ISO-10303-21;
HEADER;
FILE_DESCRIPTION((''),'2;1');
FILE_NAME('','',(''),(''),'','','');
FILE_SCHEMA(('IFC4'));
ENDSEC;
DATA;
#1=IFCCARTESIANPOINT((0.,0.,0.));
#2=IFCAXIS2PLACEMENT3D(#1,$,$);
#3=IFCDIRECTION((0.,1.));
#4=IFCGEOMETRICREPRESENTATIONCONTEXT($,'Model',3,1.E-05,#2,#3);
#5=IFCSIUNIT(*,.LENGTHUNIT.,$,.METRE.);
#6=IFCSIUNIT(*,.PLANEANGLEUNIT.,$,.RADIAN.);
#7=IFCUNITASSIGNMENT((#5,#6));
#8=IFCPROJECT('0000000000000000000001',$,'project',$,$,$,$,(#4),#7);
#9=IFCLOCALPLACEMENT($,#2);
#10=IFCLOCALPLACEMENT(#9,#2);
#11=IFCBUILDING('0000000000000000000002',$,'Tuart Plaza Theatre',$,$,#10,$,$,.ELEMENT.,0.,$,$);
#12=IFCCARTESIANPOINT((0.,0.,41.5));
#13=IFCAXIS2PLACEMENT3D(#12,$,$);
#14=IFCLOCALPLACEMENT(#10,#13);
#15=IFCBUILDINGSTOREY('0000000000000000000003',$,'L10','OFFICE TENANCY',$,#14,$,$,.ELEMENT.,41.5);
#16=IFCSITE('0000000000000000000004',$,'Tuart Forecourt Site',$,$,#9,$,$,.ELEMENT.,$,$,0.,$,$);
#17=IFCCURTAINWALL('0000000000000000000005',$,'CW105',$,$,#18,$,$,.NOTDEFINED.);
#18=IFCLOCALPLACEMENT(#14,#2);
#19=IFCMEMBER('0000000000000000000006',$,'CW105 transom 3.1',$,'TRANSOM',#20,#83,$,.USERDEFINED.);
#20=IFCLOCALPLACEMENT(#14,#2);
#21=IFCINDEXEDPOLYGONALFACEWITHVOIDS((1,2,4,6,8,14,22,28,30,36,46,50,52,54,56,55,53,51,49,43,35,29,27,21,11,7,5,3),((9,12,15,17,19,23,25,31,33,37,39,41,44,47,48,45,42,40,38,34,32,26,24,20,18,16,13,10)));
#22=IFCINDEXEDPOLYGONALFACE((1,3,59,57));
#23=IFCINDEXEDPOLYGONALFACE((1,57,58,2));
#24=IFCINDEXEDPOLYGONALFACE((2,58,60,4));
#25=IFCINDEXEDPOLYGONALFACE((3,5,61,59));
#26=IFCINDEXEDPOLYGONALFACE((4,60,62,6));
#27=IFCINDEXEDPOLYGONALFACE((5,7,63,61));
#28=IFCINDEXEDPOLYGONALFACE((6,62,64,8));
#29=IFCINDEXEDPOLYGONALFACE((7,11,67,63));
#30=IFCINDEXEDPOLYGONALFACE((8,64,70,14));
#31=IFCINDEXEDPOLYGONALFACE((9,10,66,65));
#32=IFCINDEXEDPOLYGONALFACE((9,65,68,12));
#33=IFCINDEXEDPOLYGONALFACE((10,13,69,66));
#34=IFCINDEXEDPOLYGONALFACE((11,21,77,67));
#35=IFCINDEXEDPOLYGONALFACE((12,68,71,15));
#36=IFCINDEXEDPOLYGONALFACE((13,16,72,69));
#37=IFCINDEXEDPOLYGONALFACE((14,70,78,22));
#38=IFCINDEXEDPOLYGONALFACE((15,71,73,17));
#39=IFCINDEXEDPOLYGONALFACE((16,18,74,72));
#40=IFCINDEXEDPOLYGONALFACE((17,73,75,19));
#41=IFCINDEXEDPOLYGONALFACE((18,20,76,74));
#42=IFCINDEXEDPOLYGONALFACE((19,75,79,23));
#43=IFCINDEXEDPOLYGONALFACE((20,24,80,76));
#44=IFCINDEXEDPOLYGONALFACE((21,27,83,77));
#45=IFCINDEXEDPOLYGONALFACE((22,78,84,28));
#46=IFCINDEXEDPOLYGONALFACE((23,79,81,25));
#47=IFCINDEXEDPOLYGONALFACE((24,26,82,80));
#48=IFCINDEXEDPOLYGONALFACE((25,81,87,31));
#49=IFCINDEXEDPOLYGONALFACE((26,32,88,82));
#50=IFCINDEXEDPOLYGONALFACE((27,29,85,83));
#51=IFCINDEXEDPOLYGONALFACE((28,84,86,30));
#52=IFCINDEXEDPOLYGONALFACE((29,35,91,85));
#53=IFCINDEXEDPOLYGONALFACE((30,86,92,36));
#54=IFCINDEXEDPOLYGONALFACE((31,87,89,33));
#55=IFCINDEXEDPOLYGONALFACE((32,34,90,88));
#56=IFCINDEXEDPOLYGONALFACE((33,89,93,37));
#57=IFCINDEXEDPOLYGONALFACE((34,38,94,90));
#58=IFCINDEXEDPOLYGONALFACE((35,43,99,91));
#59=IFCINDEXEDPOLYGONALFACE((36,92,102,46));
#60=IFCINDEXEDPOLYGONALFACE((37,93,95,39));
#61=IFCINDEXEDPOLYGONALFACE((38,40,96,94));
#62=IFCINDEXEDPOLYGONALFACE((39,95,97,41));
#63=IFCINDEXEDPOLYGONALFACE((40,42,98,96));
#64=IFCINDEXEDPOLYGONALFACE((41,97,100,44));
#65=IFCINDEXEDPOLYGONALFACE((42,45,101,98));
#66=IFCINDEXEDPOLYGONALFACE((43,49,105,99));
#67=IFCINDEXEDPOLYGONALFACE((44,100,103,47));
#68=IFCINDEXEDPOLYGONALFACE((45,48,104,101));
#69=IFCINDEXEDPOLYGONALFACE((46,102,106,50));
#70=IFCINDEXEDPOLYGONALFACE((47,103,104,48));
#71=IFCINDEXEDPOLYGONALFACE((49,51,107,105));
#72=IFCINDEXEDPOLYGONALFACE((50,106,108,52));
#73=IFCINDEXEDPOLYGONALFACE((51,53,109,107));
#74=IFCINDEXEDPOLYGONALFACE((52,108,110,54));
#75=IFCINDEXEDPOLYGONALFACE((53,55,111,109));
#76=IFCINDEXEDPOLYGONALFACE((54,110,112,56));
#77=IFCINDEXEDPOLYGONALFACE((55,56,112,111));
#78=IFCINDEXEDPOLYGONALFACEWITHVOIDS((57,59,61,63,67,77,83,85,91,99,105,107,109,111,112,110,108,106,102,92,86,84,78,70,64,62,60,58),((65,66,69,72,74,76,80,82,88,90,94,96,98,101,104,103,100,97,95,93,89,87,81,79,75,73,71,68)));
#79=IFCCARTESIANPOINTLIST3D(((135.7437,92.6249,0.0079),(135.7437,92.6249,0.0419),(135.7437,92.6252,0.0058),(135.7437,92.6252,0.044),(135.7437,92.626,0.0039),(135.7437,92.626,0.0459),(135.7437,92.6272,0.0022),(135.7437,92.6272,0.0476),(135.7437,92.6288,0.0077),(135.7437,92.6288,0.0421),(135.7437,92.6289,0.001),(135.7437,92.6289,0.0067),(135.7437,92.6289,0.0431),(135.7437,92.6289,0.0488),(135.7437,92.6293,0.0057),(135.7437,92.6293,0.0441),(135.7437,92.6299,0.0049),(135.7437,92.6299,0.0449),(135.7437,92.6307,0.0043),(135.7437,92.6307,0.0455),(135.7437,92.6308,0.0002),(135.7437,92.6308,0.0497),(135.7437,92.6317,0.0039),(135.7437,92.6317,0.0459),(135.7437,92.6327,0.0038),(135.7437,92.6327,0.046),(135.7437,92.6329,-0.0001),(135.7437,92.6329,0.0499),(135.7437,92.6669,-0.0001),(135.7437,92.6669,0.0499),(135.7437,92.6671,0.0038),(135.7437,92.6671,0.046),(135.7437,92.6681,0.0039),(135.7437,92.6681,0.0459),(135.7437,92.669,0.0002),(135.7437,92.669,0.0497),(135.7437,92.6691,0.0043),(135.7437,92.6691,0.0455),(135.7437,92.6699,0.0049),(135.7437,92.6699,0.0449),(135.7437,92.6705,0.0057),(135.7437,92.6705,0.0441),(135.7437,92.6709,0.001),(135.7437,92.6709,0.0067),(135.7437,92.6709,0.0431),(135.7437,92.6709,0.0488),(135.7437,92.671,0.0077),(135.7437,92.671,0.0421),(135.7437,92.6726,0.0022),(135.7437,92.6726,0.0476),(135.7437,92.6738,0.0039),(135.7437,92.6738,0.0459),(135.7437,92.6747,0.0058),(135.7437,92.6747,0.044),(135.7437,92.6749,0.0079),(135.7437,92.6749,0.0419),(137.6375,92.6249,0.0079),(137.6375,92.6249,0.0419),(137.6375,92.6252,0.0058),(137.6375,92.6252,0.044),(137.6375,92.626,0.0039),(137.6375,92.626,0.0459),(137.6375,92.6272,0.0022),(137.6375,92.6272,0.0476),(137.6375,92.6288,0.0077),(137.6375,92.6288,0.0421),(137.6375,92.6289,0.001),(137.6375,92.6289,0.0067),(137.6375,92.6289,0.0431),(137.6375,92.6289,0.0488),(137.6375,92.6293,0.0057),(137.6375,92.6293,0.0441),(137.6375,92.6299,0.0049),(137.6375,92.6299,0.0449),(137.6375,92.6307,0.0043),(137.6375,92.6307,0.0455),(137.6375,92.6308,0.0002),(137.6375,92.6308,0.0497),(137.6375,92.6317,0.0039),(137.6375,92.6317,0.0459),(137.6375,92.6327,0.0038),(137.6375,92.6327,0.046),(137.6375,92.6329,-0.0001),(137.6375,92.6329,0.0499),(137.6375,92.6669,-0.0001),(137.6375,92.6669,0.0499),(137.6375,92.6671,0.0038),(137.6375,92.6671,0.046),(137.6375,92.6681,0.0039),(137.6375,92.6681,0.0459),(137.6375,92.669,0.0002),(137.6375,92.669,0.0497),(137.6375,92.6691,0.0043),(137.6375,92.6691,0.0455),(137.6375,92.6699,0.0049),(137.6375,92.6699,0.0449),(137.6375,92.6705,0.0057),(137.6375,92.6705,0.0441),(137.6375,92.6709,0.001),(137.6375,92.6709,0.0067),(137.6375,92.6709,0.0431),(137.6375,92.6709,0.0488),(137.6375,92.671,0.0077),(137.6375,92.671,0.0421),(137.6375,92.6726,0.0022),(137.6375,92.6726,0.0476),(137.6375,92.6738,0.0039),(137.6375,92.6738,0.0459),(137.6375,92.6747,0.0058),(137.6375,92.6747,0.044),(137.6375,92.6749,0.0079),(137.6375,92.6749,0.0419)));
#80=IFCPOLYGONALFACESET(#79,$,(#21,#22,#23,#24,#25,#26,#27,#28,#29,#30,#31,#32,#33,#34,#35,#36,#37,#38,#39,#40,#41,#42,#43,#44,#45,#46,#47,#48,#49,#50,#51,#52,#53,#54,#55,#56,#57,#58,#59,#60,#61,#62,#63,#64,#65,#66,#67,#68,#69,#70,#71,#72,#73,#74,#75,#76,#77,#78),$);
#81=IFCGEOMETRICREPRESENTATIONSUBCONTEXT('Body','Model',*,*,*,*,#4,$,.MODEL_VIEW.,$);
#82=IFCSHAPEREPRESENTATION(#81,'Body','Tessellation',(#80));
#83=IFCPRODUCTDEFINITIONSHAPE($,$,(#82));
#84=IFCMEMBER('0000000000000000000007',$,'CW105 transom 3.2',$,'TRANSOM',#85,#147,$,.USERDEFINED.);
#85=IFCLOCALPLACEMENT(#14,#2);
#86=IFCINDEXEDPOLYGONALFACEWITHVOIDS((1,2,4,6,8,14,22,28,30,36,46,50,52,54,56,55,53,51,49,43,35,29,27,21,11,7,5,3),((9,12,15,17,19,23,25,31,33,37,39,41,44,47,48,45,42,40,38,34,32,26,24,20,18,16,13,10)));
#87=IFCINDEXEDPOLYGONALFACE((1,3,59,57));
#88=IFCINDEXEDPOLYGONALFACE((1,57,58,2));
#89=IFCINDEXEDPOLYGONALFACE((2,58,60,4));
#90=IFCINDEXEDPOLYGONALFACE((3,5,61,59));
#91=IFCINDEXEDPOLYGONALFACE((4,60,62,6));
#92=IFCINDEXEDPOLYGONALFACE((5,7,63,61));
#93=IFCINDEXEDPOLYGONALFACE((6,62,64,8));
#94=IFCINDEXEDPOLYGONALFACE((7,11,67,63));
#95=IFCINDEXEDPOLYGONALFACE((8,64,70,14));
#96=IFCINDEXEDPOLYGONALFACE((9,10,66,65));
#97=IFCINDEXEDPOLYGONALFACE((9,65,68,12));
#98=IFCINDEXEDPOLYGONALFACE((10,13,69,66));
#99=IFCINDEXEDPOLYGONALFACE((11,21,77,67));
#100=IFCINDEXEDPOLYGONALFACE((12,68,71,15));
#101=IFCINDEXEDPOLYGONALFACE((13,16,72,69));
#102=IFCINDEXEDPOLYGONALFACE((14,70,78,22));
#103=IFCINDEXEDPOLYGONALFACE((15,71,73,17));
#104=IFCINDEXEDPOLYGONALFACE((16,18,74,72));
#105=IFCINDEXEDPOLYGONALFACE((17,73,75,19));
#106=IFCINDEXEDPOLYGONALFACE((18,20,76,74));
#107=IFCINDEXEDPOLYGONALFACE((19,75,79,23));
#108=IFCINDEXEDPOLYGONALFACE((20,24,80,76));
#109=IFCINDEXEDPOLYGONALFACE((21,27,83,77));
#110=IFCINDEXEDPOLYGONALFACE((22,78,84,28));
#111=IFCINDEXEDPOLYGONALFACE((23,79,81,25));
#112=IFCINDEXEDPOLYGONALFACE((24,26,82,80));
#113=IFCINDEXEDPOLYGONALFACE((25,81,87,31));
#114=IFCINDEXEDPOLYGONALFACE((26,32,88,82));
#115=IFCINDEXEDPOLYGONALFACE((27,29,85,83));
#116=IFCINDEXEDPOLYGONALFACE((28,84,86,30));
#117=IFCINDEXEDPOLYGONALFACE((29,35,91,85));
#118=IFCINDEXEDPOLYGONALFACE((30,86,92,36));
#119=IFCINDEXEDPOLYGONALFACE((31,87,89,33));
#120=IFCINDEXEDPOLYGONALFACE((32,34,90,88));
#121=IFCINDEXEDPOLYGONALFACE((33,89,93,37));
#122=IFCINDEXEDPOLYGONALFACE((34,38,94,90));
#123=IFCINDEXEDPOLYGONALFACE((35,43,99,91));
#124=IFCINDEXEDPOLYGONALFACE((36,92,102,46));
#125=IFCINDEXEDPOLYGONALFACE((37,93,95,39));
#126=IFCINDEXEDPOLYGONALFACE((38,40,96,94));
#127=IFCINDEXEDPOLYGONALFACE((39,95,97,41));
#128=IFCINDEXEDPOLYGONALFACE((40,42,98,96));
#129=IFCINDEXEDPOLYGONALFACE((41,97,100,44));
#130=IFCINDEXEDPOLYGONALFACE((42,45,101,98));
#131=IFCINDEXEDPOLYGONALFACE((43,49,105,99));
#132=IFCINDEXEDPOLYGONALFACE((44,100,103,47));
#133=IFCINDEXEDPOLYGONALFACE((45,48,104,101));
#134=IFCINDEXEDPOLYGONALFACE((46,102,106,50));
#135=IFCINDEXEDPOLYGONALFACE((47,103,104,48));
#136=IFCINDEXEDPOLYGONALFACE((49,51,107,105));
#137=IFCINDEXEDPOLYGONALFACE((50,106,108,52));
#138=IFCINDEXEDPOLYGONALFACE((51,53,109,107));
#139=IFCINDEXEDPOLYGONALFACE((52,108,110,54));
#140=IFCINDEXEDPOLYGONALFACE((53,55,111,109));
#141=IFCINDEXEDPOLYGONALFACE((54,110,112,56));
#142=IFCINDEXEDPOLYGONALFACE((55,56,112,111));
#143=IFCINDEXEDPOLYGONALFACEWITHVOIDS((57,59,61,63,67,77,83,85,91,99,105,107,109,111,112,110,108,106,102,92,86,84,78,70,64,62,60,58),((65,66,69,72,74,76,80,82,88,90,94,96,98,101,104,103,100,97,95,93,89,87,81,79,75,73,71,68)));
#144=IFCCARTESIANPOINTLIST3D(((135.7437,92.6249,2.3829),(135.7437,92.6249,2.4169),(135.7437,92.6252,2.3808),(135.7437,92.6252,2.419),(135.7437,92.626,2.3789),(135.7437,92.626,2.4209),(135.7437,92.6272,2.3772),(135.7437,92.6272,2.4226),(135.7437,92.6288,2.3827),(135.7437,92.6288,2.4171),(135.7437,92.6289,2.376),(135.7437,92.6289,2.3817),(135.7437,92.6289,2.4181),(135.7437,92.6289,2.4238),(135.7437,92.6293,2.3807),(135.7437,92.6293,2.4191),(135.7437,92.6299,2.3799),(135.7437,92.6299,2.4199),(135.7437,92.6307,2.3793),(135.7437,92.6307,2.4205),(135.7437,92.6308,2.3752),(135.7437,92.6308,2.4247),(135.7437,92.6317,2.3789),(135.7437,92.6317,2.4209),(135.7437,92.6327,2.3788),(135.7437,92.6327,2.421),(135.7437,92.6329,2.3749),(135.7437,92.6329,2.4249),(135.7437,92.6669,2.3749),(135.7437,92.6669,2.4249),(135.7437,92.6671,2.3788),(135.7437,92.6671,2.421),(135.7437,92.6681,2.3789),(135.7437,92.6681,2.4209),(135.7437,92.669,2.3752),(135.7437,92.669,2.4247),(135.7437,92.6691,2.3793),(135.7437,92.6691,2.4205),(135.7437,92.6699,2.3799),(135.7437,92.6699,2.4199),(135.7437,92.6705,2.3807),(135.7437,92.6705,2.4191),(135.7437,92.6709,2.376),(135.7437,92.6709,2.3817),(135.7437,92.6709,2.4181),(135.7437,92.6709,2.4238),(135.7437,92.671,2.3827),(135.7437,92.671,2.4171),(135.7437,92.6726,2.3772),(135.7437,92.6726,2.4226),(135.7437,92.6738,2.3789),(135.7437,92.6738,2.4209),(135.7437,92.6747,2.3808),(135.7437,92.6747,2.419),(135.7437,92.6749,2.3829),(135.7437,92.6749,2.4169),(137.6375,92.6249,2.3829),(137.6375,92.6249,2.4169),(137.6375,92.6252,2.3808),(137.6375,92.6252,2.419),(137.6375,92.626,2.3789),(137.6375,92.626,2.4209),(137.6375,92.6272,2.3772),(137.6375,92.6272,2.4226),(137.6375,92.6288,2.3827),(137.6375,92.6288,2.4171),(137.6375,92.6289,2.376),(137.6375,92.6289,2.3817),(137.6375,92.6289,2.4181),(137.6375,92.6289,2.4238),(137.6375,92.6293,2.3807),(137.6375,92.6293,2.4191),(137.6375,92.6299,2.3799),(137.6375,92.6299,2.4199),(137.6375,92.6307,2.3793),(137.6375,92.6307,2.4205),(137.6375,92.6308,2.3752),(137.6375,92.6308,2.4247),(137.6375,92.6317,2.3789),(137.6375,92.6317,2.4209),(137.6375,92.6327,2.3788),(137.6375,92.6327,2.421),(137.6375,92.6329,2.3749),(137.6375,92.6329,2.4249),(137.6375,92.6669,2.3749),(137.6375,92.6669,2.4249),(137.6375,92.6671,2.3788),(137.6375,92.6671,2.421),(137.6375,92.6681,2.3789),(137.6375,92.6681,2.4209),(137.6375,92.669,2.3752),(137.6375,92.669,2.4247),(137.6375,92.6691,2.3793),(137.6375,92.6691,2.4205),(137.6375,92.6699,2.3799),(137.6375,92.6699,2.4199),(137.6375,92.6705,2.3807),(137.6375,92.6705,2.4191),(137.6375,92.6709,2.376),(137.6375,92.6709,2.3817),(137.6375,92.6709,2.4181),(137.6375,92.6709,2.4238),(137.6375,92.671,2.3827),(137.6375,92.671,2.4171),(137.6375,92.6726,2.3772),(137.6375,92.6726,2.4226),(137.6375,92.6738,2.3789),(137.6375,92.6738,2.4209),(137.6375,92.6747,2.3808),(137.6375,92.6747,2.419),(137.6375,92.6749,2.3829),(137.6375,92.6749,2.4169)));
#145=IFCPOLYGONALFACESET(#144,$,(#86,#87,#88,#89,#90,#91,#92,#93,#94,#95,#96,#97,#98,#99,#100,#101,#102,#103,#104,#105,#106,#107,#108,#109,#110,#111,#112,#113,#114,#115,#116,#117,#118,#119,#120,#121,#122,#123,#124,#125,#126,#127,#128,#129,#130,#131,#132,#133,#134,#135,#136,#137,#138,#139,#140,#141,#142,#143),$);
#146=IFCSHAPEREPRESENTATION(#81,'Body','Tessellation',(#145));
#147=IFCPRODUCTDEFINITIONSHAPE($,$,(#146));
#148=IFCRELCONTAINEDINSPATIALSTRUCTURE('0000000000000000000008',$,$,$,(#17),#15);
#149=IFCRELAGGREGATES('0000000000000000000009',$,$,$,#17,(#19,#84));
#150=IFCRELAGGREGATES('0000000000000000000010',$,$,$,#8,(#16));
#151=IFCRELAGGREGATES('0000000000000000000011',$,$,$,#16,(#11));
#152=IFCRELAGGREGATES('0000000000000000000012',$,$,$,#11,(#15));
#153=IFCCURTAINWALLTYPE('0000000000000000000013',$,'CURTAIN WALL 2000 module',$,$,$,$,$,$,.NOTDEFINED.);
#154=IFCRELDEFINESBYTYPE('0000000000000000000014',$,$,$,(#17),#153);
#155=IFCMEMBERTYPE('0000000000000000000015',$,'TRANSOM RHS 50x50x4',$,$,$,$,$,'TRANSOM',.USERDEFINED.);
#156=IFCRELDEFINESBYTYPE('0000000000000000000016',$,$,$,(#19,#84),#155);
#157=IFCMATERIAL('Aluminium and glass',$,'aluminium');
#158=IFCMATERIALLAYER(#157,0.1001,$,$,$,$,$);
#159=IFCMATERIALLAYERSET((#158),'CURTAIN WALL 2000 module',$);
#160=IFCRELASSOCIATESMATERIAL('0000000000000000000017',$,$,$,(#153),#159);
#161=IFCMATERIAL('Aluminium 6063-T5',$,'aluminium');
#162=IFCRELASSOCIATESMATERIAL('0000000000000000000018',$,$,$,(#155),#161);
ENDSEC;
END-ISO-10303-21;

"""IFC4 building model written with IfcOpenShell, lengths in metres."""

from ifc_helpers import new_model, si_unit, direction, frame, origin, origin_2d, place, context, subcontext, project, spatial, hollow_rectangle, extrude, material, layer, layer_set, material_profile, profile_set, type_object, element, aggregate, save


model = new_model("IFC4")

# Units and contexts
model_context = context("Model", 3, precision=1e-05, world=origin(), true_north=direction((0.0, 1.0)))
body_context = subcontext(model_context, "Body", "Model", "MODEL_VIEW")
ifc_project = project(units=[si_unit("LENGTHUNIT", "METRE"), si_unit("PLANEANGLEUNIT", "RADIAN")], contexts=[model_context])

# Site, building, storey
site_placement = place(None, origin())
site = spatial("IfcSite", under=ifc_project, at=site_placement, Name="Tuart Forecourt Site", CompositionType="ELEMENT", RefElevation=0.0)
building_placement = place(site_placement, origin())
building = spatial("IfcBuilding", under=site, at=building_placement, Name="Tuart Plaza Theatre", CompositionType="ELEMENT", ElevationOfRefHeight=0.0)
storey_placement = place(building_placement, frame((0.0, 0.0, 41.5)))
storey = spatial("IfcBuildingStorey", under=building, at=storey_placement, Name="L10", Description="OFFICE TENANCY", CompositionType="ELEMENT", Elevation=41.5)

# Curtain wall, members
ifc_material_1 = material(Name="Aluminium and glass", Category="aluminium")
ifc_layer_1 = layer(ifc_material_1, 0.1001)
ifc_layer_set_1 = layer_set([ifc_layer_1], Name="CURTAIN WALL 2000 module")
curtain_wall_type = type_object("IfcCurtainWallType", Name="CURTAIN WALL 2000 module", PredefinedType="NOTDEFINED", material=ifc_layer_set_1)
curtain_wall_placement = place(storey_placement, origin())
curtain_wall = element("IfcCurtainWall", 1, at=curtain_wall_placement, inside=storey, type_object=curtain_wall_type, Name="CW105", PredefinedType="NOTDEFINED")
ifc_material_2 = material(Name="Aluminium 6063-T5", Category="aluminium")
ifc_material_profile_1 = material_profile(ifc_material_2, hollow_rectangle(XDim=0.05, YDim=0.05, WallThickness=0.0039, InnerFilletRadius=0.0039, OuterFilletRadius=0.0081, at=origin_2d()), Name="RHS 50x50x4")
ifc_profile_set_1 = profile_set([ifc_material_profile_1], Name="Aluminium 6063-T5")
member_type_1 = type_object("IfcMemberType", Name="TRANSOM RHS 50x50x4", ElementType="TRANSOM", PredefinedType="USERDEFINED", material=ifc_profile_set_1)
member_1_placement = place(storey_placement, frame((137.6375, 92.6499, 0.0249), z_axis=(-1.0, 0.0, 0.0), x_axis=(0.0, -1.0, 0.0)))
member_1 = element("IfcMember", 2, at=member_1_placement, type_object=member_type_1, Name="CW105 transom 3.1", ObjectType="TRANSOM", PredefinedType="USERDEFINED", context=body_context, shape_type="SweptSolid", body=[
    extrude(hollow_rectangle(XDim=0.05, YDim=0.05, WallThickness=0.0039, InnerFilletRadius=0.0039, OuterFilletRadius=0.0081, at=origin_2d()), origin(), (0.0, 0.0, 1.0), 1.8938),
])
member_2_placement = place(storey_placement, frame((137.6375, 92.6499, 2.3999), z_axis=(-1.0, 0.0, 0.0), x_axis=(0.0, -1.0, 0.0)))
member_2 = element("IfcMember", 3, at=member_2_placement, type_object=member_type_1, Name="CW105 transom 3.2", ObjectType="TRANSOM", PredefinedType="USERDEFINED", context=body_context, shape_type="SweptSolid", body=[
    extrude(hollow_rectangle(XDim=0.05, YDim=0.05, WallThickness=0.0039, InnerFilletRadius=0.0039, OuterFilletRadius=0.0081, at=origin_2d()), origin(), (0.0, 0.0, 1.0), 1.8938),
])
aggregate(curtain_wall, [member_1, member_2])

save(model, "model.ifc")
